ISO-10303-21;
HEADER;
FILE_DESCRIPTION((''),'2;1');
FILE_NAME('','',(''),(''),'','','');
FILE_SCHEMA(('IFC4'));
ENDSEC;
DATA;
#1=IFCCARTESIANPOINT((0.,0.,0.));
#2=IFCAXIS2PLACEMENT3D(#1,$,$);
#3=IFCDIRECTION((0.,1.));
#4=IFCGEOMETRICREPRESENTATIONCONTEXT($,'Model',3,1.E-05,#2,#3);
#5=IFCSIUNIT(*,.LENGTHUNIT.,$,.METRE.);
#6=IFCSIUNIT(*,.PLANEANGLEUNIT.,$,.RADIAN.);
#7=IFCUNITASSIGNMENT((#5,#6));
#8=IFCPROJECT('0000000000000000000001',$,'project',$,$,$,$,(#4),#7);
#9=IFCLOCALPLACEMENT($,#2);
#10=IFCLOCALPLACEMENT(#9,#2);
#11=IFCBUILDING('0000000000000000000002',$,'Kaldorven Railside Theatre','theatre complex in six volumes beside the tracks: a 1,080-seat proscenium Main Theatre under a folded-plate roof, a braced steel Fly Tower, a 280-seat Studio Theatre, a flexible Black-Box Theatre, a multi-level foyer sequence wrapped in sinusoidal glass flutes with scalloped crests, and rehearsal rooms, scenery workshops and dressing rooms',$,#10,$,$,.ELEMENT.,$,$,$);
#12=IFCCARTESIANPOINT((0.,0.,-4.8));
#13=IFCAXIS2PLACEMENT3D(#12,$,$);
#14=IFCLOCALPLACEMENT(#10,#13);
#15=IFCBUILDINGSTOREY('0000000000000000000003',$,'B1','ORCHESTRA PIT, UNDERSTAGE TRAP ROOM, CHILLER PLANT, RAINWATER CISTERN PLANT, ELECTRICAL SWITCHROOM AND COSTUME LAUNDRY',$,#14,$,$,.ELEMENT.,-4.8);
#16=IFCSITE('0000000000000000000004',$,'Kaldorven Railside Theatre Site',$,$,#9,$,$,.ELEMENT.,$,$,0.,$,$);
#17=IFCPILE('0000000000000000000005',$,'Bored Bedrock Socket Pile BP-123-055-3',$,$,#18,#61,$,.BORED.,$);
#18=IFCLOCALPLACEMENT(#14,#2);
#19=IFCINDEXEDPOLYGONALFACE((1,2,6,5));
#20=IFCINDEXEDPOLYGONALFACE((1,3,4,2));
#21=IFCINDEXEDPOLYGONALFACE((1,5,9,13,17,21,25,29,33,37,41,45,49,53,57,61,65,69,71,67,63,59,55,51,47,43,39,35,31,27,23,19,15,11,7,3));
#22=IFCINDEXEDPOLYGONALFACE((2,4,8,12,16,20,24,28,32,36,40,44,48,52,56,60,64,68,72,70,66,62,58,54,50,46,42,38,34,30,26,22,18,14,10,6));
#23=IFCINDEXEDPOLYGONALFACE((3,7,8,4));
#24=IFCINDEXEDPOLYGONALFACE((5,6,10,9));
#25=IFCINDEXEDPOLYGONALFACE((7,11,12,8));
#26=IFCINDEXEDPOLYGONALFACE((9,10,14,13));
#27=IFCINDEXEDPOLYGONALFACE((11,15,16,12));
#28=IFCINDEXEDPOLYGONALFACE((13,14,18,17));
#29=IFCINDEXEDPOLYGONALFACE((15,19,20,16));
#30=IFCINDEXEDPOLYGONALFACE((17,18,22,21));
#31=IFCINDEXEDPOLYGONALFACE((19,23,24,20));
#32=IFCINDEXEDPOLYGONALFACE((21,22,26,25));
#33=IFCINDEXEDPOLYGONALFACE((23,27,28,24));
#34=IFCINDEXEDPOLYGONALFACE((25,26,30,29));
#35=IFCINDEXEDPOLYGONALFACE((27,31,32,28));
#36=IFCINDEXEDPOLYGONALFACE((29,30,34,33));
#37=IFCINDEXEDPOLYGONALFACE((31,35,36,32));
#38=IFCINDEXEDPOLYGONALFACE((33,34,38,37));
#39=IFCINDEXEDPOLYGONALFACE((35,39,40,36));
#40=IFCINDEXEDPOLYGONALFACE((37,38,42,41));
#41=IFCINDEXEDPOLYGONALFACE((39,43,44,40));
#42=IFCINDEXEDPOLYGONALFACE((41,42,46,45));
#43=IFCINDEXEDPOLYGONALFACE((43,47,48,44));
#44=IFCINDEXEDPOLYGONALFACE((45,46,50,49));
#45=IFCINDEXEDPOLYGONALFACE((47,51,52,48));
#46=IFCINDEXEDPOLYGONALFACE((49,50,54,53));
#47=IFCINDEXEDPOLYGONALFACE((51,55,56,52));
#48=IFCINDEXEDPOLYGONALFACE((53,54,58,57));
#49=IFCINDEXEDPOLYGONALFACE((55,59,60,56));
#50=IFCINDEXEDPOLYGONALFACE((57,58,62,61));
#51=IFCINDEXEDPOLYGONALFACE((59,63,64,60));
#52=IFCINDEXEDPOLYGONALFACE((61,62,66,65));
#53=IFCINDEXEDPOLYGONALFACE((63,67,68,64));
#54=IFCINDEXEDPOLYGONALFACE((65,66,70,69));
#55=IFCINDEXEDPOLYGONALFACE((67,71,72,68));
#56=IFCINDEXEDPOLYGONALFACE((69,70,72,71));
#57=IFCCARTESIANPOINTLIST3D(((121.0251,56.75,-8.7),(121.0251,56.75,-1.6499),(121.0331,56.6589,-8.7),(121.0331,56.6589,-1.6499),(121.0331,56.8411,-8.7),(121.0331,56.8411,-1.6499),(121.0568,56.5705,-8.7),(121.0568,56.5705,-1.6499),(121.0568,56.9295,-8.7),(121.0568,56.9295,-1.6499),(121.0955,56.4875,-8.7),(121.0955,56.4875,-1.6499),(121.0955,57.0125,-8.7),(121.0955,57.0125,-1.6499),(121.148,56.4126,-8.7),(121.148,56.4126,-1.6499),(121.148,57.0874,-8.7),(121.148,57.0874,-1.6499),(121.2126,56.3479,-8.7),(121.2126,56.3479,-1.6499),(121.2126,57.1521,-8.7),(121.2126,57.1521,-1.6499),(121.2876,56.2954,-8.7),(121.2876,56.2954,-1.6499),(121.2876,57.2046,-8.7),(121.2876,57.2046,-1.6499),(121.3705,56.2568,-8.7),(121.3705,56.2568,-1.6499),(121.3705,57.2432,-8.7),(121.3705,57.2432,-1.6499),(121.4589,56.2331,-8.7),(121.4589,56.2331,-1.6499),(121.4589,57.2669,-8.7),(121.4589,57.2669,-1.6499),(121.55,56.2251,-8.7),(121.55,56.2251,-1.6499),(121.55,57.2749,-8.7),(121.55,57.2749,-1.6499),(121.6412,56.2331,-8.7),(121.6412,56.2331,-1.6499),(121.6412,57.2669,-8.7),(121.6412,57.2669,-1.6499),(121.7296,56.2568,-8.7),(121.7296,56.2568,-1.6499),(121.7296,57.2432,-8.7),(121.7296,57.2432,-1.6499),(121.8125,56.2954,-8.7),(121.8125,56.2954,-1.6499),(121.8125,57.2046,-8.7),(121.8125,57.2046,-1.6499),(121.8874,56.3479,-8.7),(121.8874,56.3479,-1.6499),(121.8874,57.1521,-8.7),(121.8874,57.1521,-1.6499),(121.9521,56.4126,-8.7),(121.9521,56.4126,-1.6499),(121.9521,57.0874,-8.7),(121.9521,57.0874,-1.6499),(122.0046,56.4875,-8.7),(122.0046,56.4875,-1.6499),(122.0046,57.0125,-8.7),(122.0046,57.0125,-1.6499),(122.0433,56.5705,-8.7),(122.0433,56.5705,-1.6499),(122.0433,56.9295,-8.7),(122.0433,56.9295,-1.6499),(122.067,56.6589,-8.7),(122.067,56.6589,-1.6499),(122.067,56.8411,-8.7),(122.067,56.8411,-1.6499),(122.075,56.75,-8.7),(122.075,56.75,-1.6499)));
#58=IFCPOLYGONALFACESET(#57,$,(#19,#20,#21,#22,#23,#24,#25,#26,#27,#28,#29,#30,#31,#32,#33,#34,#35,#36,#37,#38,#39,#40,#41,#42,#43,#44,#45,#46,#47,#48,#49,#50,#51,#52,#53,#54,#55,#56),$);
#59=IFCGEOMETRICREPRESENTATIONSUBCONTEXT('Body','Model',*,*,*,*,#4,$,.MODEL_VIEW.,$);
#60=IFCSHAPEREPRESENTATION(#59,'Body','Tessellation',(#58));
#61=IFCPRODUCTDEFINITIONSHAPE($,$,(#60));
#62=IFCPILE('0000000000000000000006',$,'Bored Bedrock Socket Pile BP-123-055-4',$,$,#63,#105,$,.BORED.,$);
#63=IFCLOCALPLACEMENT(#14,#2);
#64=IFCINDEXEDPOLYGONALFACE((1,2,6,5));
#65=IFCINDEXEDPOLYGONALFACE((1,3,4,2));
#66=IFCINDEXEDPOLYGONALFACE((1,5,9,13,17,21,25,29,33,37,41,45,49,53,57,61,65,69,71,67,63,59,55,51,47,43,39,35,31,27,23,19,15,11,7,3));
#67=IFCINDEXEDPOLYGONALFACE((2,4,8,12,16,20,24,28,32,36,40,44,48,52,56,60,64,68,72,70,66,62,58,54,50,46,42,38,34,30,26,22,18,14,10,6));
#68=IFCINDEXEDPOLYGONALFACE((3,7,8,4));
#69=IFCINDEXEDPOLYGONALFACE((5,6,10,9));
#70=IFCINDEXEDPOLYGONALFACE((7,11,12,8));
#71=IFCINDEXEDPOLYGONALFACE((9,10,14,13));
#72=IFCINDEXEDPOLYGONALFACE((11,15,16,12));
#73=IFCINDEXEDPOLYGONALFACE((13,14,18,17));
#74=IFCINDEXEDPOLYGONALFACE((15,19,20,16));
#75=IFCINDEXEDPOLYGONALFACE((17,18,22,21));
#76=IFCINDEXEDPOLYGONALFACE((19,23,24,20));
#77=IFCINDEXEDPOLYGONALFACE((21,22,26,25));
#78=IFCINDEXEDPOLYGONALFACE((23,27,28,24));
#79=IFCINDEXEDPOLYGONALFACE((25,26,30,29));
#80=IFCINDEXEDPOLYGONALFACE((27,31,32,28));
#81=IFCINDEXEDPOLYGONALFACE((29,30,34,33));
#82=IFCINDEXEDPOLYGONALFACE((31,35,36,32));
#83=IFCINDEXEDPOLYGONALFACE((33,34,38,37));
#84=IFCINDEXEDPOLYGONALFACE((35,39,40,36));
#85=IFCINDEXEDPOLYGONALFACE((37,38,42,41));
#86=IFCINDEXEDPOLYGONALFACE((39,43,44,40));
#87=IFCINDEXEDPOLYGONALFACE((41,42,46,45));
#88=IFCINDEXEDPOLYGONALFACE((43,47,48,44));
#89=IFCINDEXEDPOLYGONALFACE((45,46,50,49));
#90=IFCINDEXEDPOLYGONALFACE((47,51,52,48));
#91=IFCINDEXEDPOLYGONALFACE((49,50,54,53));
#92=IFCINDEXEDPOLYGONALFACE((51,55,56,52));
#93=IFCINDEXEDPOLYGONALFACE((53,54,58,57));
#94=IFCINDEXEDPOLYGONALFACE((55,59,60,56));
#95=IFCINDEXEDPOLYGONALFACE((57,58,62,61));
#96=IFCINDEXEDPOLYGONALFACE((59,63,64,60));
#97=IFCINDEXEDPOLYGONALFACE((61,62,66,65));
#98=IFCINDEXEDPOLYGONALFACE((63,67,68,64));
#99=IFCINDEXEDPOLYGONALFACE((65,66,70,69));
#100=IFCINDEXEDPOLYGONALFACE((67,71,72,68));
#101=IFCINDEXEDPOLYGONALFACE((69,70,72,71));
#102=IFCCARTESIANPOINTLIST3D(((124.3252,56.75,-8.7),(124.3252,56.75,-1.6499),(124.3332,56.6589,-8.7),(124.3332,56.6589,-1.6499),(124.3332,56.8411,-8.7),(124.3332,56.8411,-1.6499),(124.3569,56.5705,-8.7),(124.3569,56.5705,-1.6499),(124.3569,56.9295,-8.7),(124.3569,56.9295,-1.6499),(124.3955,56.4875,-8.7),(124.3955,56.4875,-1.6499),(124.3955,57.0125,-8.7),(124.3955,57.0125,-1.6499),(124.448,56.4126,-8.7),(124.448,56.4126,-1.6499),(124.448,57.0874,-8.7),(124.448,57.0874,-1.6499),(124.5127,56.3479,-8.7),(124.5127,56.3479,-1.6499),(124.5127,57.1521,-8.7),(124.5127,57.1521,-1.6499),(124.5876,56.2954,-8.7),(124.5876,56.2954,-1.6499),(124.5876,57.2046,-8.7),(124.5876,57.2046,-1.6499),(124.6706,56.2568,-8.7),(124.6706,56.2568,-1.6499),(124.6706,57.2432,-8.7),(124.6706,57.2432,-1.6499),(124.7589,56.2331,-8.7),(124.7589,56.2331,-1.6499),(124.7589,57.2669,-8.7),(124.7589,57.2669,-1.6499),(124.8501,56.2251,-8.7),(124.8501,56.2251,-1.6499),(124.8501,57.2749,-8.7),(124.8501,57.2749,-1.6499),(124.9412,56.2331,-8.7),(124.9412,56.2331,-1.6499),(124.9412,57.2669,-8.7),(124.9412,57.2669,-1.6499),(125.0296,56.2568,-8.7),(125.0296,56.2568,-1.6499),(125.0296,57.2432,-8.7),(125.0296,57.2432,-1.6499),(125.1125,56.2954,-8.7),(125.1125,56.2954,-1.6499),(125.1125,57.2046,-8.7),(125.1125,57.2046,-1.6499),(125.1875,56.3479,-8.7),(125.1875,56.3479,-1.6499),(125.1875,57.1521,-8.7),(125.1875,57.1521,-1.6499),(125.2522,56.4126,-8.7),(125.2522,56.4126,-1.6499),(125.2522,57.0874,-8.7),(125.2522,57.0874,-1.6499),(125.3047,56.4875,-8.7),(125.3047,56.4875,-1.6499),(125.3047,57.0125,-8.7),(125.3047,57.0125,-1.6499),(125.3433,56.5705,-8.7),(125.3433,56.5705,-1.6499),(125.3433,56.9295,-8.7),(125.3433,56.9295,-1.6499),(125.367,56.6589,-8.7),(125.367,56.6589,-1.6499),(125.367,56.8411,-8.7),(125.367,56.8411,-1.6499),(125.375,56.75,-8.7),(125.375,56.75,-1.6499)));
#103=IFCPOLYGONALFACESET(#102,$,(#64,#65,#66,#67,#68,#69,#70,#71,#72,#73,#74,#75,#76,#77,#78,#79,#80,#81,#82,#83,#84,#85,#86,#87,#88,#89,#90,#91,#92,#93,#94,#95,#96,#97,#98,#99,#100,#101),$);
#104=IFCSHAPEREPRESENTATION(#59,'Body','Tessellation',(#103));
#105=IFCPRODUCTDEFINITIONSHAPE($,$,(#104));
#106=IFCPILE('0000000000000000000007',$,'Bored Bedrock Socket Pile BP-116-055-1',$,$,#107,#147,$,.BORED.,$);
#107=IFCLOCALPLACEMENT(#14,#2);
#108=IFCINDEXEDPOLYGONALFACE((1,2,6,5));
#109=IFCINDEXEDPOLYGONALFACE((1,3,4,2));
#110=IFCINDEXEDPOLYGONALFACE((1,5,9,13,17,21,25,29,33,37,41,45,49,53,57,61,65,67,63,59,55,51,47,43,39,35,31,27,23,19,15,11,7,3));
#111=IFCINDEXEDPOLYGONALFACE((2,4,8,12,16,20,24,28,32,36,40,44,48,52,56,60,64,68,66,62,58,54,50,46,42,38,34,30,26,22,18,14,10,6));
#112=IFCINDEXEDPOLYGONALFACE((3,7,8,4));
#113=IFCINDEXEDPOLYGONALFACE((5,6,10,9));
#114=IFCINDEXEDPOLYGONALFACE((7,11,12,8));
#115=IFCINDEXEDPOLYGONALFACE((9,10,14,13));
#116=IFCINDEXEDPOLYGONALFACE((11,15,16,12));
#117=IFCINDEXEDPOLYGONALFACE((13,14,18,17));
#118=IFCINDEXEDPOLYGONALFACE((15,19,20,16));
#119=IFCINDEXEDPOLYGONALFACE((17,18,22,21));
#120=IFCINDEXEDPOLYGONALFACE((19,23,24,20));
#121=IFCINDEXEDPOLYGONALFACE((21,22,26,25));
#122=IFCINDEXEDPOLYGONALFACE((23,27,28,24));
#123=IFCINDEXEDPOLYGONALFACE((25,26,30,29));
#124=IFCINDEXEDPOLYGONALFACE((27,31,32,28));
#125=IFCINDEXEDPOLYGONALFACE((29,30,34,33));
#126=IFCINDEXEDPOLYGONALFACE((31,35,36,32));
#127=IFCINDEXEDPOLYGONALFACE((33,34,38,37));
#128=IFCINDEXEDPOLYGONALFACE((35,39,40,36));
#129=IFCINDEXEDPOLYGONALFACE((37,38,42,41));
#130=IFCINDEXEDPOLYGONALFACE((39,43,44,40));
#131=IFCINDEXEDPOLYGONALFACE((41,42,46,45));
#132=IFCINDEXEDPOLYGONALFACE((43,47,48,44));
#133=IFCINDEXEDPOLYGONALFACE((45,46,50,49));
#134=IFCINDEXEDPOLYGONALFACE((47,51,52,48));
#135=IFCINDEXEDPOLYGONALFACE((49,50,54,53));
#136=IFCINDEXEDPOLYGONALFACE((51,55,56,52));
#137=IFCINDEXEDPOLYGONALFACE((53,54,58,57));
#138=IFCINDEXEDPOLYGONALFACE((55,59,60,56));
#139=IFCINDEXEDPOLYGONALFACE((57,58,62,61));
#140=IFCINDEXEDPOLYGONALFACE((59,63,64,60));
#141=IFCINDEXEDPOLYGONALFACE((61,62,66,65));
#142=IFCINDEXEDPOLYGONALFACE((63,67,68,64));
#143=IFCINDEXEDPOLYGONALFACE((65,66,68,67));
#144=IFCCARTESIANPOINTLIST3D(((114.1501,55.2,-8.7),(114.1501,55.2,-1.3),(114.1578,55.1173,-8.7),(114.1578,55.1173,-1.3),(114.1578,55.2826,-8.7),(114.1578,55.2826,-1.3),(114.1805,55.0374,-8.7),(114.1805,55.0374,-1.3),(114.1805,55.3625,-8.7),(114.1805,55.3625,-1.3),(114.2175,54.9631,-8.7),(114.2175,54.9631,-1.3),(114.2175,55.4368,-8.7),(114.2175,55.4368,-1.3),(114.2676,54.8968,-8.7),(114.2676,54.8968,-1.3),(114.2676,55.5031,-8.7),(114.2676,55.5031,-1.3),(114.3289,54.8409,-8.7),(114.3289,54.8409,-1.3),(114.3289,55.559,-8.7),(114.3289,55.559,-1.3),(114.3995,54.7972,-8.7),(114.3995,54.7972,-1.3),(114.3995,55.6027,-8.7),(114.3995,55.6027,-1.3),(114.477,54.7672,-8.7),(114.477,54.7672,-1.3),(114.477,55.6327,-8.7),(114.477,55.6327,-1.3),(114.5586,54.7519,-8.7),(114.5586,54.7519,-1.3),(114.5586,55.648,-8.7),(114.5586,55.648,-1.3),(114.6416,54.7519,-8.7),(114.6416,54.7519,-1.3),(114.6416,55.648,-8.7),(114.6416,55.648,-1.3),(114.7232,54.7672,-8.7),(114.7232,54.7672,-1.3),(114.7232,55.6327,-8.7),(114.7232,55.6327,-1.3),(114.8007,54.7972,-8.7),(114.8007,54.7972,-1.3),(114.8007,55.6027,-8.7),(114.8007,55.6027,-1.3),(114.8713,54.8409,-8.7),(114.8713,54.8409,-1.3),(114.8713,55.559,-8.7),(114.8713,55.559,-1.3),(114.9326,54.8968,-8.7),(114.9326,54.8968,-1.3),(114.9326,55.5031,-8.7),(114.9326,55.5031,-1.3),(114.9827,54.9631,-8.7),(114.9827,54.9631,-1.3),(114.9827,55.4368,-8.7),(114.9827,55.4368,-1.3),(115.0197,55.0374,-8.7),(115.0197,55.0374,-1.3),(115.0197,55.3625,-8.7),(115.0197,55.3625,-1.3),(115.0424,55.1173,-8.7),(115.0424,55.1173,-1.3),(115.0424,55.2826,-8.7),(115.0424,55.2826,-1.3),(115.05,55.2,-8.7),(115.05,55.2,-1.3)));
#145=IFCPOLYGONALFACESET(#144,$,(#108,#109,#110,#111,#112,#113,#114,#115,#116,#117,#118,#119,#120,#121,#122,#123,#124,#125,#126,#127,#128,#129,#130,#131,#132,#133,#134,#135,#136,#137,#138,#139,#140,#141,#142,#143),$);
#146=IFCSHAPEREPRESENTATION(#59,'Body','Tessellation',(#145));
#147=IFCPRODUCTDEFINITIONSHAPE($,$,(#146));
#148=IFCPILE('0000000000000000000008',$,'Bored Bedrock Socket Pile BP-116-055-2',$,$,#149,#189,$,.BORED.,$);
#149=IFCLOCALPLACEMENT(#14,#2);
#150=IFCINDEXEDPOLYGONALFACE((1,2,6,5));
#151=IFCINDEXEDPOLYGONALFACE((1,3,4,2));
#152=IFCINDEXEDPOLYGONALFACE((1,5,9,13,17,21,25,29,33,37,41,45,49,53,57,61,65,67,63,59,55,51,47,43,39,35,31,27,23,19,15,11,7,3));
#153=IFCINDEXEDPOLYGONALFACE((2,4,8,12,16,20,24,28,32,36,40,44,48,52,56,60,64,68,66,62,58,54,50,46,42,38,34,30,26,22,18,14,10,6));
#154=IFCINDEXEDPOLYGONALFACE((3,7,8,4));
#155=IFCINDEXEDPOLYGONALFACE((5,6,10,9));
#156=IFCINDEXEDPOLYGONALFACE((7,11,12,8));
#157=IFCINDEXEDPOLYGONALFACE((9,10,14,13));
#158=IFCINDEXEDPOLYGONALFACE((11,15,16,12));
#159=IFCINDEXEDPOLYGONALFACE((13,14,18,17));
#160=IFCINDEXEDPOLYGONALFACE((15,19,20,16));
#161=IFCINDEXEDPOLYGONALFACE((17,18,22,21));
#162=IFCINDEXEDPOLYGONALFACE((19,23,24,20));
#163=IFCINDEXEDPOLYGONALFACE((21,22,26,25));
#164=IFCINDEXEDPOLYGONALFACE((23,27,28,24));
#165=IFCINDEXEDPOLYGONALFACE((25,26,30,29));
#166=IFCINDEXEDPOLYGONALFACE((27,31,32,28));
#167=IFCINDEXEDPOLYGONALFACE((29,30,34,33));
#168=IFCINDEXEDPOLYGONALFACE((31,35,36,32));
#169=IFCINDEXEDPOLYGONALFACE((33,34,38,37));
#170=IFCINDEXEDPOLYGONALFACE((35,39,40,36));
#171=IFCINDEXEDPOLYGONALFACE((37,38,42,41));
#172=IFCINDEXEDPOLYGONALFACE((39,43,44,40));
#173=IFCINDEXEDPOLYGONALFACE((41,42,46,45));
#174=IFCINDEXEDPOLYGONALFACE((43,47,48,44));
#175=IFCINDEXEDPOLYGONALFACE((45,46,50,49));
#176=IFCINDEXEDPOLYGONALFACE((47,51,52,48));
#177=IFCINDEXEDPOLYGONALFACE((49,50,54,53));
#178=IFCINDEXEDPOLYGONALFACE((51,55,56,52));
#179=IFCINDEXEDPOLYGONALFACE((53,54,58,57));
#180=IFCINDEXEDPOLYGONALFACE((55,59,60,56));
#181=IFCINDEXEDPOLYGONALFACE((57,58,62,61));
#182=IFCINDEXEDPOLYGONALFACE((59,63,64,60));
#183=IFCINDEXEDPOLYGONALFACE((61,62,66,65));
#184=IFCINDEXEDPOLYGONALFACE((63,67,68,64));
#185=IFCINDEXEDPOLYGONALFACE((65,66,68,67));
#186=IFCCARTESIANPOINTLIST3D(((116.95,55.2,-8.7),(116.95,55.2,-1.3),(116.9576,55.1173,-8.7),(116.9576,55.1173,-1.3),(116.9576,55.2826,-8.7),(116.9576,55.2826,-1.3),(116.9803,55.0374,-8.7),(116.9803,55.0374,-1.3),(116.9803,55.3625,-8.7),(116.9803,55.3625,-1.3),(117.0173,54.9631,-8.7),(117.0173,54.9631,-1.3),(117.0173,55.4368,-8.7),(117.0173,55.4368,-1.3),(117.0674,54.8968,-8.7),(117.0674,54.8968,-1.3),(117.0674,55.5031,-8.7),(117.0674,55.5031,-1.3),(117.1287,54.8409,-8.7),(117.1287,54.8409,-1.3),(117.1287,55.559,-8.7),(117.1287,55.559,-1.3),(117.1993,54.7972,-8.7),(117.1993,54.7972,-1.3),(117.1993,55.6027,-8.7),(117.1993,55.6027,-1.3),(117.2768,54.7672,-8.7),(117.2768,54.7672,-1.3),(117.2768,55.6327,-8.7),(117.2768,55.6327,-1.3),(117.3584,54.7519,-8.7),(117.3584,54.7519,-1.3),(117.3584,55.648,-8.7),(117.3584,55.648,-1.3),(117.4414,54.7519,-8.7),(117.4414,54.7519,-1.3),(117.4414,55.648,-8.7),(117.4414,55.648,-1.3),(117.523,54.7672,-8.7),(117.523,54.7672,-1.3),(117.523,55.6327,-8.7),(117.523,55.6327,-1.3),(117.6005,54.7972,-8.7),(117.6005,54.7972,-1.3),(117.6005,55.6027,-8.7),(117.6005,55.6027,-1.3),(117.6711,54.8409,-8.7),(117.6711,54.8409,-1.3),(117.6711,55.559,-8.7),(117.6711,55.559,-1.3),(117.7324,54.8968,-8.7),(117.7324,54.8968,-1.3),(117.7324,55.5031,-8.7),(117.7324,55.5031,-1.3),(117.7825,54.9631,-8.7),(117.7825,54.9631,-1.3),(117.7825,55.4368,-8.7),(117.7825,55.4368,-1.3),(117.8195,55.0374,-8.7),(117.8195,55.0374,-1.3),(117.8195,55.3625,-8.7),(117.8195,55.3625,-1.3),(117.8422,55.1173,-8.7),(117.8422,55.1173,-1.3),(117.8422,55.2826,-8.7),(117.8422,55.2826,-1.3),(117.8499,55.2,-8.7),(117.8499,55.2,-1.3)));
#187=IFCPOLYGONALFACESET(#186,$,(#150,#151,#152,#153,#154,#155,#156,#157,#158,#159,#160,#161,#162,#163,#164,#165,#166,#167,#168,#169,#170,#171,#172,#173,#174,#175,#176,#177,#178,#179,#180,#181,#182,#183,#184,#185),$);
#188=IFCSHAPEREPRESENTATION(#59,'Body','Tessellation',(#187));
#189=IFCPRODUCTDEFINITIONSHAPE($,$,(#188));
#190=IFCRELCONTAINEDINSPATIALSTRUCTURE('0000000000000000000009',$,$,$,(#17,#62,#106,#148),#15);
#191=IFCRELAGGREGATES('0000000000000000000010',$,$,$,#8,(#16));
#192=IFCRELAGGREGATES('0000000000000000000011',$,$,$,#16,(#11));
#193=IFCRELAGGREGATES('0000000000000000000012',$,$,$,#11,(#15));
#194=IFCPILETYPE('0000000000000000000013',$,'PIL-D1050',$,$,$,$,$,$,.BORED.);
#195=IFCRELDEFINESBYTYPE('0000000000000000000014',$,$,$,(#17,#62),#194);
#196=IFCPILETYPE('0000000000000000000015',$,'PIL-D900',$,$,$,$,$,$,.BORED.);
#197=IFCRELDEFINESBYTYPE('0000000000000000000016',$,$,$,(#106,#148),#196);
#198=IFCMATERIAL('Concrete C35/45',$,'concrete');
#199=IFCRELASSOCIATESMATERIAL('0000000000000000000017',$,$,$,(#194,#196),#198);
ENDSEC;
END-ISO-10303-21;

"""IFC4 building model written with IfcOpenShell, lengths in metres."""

from ifc_helpers import new_model, si_unit, direction, frame, origin, origin_2d, place, context, subcontext, project, spatial, circle, extrude, material, material_profile, profile_set, type_object, element, save


model = new_model("IFC4")

# Units and contexts
model_context = context("Model", 3, precision=1e-05, world=origin(), true_north=direction((0.0, 1.0)))
body_context = subcontext(model_context, "Body", "Model", "MODEL_VIEW")
ifc_project = project(units=[si_unit("LENGTHUNIT", "METRE"), si_unit("PLANEANGLEUNIT", "RADIAN")], contexts=[model_context])

# Site, building, storey
site_placement = place(None, origin())
site = spatial("IfcSite", under=ifc_project, at=site_placement, Name="Kaldorven Railside Theatre Site", CompositionType="ELEMENT", RefElevation=0.0)
building_placement = place(site_placement, origin())
building = spatial("IfcBuilding", under=site, at=building_placement, Name="Kaldorven Railside Theatre", Description="theatre complex in six volumes beside the tracks: a 1,080-seat proscenium Main Theatre under a folded-plate roof, a braced steel Fly Tower, a 280-seat Studio Theatre, a flexible Black-Box Theatre, a multi-level foyer sequence wrapped in sinusoidal glass flutes with scalloped crests, and rehearsal rooms, scenery workshops and dressing rooms", CompositionType="ELEMENT")
storey_placement = place(building_placement, frame((0.0, 0.0, -4.8)))
storey = spatial("IfcBuildingStorey", under=building, at=storey_placement, Name="B1", Description="ORCHESTRA PIT, UNDERSTAGE TRAP ROOM, CHILLER PLANT, RAINWATER CISTERN PLANT, ELECTRICAL SWITCHROOM AND COSTUME LAUNDRY", CompositionType="ELEMENT", Elevation=-4.8)

# Piles
ifc_material_1 = material(Name="Concrete C35/45", Category="concrete")
ifc_material_profile_1 = material_profile(ifc_material_1, circle(Radius=0.5249, at=origin_2d()), Name="BP D1050")
ifc_profile_set_1 = profile_set([ifc_material_profile_1], Name="Concrete C35/45")
pile_type_1 = type_object("IfcPileType", Name="PIL-D1050", PredefinedType="BORED", material=ifc_profile_set_1)
for number, where, z_axis, x_axis, name in (
    (1, (121.55, 56.75, -1.6499), (0.0, 0.0, -1.0), (1.0, 0.0, 0.0), "Bored Bedrock Socket Pile BP-123-055-3"),
    (2, (124.8501, 56.75, -1.6499), (0.0, 0.0, -1.0), (1.0, 0.0, 0.0), "Bored Bedrock Socket Pile BP-123-055-4"),
):
    element("IfcPile", number, at=place(storey_placement, frame(where, z_axis=z_axis, x_axis=x_axis)), inside=storey, type_object=pile_type_1, Name=name, PredefinedType="BORED", context=body_context, shape_type="SweptSolid", body=[
        extrude(circle(Radius=0.5249, at=origin_2d()), origin(), (0.0, 0.0, 1.0), 7.05),
    ])
ifc_material_profile_2 = material_profile(ifc_material_1, circle(Radius=0.45, at=origin_2d()), Name="BP D900")
ifc_profile_set_2 = profile_set([ifc_material_profile_2], Name="Concrete C35/45")
pile_type_2 = type_object("IfcPileType", Name="PIL-D900", PredefinedType="BORED", material=ifc_profile_set_2)
for number, where, z_axis, x_axis, name in (
    (3, (114.6001, 55.2, -1.3), (0.0, 0.0, -1.0), (1.0, 0.0, 0.0), "Bored Bedrock Socket Pile BP-116-055-1"),
    (4, (117.3999, 55.2, -1.3), (0.0, 0.0, -1.0), (1.0, 0.0, 0.0), "Bored Bedrock Socket Pile BP-116-055-2"),
):
    element("IfcPile", number, at=place(storey_placement, frame(where, z_axis=z_axis, x_axis=x_axis)), inside=storey, type_object=pile_type_2, Name=name, PredefinedType="BORED", context=body_context, shape_type="SweptSolid", body=[
        extrude(circle(Radius=0.45, at=origin_2d()), origin(), (0.0, 0.0, 1.0), 7.3999),
    ])

save(model, "model.ifc")
